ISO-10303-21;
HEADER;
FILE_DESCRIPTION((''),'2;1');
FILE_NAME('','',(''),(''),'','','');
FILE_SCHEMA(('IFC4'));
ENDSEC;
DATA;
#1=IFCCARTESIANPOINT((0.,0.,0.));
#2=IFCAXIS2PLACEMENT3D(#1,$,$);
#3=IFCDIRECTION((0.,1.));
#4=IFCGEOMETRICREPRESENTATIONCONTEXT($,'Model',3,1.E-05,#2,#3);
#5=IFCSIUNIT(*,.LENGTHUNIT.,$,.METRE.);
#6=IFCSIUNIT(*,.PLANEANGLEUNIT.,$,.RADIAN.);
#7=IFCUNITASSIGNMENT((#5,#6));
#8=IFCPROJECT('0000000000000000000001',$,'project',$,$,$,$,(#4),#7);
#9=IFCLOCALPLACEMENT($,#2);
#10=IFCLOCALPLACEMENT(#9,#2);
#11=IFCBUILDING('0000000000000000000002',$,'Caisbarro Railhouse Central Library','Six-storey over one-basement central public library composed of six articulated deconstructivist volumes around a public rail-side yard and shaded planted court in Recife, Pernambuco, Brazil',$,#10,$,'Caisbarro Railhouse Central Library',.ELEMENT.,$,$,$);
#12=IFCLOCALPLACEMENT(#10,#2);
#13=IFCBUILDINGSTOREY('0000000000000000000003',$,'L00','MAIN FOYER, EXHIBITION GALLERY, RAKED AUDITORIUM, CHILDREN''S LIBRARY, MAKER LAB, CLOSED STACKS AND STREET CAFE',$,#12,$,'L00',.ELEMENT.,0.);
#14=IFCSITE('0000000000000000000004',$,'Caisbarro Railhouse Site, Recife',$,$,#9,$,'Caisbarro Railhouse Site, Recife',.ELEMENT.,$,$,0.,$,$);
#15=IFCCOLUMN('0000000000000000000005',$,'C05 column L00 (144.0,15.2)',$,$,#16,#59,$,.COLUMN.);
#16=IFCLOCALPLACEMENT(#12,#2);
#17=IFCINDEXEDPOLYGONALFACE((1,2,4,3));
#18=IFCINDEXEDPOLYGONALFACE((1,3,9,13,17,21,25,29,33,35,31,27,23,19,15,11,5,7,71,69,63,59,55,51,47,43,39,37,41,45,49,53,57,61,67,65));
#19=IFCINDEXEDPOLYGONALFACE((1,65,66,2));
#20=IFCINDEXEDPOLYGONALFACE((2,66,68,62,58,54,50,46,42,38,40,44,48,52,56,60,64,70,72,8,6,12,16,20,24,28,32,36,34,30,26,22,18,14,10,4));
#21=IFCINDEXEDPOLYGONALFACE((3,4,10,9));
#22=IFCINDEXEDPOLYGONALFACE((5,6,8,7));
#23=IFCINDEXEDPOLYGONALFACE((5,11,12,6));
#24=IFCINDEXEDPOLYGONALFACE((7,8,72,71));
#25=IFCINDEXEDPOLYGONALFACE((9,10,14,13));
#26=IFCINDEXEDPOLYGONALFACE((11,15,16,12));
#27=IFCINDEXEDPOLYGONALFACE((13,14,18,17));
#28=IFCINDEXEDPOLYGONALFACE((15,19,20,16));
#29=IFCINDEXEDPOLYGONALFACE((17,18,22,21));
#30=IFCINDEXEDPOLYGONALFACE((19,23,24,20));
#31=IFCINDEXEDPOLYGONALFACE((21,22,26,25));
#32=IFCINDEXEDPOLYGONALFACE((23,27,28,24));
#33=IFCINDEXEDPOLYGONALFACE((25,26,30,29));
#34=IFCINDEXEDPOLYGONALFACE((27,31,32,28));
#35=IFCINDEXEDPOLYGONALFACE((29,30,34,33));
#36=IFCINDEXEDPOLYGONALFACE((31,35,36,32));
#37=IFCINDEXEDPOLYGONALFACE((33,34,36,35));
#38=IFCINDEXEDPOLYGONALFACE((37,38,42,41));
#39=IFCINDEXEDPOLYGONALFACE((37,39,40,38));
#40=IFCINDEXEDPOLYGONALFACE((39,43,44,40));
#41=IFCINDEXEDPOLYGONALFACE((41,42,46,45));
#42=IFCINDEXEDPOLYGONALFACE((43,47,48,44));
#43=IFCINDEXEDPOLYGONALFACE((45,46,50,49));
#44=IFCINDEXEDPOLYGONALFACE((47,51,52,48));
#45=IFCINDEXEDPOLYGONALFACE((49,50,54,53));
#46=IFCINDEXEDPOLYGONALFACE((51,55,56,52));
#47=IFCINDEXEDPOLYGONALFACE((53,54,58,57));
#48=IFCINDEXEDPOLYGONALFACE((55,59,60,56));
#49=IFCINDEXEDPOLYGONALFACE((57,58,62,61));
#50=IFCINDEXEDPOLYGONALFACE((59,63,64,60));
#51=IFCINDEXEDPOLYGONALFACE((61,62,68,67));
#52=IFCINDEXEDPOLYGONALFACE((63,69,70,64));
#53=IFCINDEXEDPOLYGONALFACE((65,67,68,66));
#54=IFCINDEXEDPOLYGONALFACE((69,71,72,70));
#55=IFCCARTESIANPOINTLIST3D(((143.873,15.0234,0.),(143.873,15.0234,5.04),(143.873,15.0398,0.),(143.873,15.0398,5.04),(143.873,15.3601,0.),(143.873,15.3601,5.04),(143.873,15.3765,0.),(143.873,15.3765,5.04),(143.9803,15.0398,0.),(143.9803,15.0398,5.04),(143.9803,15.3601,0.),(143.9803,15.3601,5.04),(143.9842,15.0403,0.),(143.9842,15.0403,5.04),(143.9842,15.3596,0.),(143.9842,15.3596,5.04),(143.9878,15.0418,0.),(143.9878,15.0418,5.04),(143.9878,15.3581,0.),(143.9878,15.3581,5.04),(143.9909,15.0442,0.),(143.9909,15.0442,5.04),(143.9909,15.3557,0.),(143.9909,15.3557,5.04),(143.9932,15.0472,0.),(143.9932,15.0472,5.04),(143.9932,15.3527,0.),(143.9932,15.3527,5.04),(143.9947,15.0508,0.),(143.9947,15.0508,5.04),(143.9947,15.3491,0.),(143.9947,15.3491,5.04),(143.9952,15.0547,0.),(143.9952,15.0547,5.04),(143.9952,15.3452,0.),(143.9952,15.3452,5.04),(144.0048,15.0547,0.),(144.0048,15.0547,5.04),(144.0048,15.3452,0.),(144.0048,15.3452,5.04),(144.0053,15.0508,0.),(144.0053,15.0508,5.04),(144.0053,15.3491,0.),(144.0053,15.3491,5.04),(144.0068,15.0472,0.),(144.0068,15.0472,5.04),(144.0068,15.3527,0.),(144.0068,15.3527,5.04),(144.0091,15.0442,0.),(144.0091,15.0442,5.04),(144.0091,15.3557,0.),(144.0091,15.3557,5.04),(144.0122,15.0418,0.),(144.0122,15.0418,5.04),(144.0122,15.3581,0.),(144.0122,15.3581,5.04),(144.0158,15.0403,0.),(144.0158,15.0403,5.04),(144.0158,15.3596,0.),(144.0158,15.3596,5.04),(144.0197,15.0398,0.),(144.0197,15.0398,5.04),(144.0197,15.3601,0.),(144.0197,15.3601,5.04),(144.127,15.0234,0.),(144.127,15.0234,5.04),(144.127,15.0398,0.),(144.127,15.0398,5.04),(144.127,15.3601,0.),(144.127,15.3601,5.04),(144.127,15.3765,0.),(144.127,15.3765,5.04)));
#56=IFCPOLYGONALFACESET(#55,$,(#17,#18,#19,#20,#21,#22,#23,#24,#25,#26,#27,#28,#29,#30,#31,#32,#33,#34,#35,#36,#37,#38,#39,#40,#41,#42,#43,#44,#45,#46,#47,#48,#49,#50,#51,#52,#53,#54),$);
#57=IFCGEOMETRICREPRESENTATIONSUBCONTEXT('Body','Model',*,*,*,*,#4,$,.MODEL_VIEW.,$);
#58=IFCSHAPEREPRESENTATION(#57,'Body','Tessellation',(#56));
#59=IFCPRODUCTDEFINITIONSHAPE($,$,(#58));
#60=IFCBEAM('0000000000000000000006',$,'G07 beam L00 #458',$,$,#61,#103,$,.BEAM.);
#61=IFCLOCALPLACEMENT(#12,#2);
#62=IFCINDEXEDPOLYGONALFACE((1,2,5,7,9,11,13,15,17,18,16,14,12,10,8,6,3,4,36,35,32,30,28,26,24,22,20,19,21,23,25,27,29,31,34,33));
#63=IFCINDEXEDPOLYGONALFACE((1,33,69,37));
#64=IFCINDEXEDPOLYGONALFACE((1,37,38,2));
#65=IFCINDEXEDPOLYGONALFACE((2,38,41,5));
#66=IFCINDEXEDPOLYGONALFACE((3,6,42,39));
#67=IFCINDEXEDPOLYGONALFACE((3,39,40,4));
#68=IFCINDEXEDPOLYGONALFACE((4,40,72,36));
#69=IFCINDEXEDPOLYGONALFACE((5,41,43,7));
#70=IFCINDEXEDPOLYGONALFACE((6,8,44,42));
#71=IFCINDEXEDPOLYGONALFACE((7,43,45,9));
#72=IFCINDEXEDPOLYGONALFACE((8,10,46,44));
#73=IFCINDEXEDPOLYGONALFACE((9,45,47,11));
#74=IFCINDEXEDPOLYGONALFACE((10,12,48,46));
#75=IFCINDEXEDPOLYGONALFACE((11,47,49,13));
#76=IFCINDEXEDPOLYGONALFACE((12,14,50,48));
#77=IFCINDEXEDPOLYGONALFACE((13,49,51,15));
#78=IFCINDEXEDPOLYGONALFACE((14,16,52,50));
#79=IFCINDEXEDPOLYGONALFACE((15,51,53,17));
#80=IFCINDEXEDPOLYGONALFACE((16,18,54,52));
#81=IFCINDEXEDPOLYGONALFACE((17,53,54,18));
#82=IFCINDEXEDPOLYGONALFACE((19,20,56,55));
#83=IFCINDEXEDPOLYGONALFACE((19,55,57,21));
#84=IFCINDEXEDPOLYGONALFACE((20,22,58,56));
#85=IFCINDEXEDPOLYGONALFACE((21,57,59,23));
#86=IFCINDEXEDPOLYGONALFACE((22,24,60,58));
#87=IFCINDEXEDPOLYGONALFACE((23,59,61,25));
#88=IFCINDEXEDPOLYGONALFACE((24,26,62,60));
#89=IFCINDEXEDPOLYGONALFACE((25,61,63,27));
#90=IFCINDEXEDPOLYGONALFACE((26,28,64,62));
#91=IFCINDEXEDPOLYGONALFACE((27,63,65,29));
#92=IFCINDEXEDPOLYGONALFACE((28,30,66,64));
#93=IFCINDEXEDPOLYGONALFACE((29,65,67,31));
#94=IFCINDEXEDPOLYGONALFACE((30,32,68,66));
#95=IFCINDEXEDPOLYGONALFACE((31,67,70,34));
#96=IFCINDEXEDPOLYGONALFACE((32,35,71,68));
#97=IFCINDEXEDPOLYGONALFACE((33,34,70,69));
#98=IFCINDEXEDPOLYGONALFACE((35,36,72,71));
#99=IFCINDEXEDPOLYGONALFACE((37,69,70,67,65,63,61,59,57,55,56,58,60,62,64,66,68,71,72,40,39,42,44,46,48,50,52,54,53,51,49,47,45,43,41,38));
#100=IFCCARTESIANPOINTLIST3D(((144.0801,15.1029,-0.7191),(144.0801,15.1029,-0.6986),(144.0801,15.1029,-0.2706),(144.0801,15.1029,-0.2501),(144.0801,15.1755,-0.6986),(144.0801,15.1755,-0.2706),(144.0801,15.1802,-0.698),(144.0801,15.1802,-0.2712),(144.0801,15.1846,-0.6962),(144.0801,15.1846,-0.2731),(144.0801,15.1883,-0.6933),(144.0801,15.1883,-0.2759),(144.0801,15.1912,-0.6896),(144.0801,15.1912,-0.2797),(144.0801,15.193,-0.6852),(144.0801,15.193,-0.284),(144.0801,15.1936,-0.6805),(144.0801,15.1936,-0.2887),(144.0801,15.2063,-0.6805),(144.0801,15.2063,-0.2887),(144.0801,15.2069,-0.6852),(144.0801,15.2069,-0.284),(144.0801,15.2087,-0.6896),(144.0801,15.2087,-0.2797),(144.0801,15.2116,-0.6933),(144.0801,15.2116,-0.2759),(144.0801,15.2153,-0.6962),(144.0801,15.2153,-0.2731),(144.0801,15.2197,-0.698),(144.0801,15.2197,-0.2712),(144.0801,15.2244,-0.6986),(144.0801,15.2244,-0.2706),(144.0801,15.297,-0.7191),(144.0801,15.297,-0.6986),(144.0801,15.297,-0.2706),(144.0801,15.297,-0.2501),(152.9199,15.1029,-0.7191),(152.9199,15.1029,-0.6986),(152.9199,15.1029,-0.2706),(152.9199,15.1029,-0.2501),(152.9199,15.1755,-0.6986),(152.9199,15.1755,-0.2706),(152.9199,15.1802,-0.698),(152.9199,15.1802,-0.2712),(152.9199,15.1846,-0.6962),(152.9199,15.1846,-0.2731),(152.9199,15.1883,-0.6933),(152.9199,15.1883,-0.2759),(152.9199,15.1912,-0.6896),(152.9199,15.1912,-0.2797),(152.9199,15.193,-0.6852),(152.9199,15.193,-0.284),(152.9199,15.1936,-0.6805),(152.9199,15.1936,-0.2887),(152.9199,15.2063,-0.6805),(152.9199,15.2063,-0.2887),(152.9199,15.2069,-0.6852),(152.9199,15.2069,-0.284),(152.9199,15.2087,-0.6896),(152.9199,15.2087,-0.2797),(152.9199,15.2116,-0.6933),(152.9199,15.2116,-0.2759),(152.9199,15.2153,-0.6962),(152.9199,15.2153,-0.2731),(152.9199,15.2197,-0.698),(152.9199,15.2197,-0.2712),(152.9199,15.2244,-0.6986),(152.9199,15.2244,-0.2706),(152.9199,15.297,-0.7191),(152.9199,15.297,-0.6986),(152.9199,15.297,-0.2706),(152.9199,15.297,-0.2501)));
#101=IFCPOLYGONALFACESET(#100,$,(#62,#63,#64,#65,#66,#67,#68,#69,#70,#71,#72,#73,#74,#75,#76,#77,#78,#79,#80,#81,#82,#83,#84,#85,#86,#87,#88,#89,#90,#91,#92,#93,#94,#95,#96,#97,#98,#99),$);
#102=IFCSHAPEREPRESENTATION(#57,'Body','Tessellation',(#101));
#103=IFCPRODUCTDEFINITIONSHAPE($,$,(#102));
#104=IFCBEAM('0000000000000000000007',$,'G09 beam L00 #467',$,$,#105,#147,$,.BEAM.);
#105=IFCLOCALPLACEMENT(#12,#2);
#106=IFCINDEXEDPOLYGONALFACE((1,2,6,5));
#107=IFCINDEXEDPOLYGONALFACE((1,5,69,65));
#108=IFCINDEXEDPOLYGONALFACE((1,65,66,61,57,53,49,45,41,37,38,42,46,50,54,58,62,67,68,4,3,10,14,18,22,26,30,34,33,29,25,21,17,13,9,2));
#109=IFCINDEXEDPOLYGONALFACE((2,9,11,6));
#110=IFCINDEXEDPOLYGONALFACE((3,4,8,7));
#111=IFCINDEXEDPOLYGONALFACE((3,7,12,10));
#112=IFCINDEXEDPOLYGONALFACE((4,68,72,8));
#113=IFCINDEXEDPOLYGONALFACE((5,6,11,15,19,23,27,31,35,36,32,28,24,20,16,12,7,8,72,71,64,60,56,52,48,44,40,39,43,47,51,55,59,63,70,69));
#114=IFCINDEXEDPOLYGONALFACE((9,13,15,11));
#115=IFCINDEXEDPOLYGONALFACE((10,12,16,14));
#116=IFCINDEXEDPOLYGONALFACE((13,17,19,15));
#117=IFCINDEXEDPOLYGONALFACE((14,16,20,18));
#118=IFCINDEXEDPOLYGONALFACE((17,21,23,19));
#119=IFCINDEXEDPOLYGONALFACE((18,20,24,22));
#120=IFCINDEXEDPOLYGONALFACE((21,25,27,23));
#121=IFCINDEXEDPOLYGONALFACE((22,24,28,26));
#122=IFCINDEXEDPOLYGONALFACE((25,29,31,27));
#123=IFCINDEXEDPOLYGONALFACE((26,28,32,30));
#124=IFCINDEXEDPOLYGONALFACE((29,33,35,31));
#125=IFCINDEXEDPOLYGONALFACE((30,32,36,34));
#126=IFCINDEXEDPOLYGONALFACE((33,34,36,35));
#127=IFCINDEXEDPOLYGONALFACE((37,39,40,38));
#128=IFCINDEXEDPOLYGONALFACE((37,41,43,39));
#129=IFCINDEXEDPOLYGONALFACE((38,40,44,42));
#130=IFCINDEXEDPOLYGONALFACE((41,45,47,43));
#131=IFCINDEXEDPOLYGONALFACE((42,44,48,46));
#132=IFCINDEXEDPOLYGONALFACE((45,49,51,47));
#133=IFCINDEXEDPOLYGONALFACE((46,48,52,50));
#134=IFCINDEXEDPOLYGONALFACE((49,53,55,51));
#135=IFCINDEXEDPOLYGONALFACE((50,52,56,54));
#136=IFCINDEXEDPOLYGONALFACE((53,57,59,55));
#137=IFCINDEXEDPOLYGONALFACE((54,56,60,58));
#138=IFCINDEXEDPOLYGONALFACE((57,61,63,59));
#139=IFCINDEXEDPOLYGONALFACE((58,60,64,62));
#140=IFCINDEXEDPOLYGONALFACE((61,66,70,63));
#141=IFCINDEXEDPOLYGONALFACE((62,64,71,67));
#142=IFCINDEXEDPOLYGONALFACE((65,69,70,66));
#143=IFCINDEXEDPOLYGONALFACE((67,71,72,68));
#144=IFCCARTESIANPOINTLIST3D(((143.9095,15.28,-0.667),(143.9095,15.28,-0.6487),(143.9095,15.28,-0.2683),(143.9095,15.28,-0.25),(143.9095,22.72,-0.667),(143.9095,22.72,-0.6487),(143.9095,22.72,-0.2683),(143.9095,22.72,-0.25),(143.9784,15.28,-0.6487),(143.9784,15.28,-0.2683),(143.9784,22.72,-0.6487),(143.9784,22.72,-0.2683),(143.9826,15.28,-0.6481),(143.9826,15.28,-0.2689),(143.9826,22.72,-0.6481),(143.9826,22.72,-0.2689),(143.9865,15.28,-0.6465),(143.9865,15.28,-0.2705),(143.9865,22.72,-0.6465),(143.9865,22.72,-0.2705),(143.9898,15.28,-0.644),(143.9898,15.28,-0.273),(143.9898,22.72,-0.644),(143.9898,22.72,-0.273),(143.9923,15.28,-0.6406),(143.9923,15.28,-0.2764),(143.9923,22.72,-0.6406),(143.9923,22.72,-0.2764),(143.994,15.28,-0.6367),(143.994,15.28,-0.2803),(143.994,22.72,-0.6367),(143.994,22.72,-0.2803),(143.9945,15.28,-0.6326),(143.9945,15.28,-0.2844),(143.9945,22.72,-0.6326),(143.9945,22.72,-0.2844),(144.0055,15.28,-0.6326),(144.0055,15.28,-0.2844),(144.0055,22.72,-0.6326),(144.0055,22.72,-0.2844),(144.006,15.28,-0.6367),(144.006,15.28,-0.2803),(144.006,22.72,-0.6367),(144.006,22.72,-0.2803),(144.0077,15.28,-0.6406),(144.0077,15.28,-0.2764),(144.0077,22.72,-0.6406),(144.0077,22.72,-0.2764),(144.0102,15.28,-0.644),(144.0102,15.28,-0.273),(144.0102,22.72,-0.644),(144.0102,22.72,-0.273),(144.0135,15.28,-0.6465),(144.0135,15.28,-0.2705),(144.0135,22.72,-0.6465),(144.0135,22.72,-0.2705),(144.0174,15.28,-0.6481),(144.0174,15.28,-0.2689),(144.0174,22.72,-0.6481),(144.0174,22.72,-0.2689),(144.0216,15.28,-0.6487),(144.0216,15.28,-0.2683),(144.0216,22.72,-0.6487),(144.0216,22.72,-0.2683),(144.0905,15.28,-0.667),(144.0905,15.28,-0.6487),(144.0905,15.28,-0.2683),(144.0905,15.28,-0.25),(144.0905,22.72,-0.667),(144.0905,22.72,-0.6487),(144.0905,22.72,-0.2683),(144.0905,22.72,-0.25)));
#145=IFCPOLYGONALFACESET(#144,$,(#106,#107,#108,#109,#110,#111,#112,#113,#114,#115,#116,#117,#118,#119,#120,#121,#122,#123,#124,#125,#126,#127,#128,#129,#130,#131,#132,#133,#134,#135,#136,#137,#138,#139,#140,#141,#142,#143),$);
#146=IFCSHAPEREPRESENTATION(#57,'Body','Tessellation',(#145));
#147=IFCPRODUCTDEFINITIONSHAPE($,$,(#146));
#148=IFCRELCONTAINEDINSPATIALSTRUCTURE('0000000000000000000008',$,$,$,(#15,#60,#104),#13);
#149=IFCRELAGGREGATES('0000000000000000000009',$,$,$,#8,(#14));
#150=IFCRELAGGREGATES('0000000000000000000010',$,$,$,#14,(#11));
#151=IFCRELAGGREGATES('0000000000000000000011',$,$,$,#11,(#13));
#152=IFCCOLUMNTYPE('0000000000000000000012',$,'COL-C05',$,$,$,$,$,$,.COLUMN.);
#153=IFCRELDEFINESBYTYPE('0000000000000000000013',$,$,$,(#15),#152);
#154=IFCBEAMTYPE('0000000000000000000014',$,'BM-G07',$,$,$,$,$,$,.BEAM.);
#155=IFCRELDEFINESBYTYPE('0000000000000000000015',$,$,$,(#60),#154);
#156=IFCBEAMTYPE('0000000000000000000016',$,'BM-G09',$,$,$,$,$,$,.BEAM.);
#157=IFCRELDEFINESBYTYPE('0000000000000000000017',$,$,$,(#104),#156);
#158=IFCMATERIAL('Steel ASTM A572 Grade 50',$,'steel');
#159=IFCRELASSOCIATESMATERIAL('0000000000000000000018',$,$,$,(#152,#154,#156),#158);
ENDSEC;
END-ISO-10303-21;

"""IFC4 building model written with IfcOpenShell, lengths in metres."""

from ifc_helpers import new_model, si_unit, direction, frame, origin, origin_2d, place, context, subcontext, project, spatial, i_section, extrude, material, material_profile, profile_set, type_object, element, save


model = new_model("IFC4")

# Units and contexts
model_context = context("Model", 3, precision=1e-05, world=origin(), true_north=direction((0.0, 1.0)))
body_context = subcontext(model_context, "Body", "Model", "MODEL_VIEW")
ifc_project = project(units=[si_unit("LENGTHUNIT", "METRE"), si_unit("PLANEANGLEUNIT", "RADIAN")], contexts=[model_context])

# Site, building, storey
site_placement = place(None, origin())
site = spatial("IfcSite", under=ifc_project, at=site_placement, Name="Caisbarro Railhouse Site, Recife", LongName="Caisbarro Railhouse Site, Recife", CompositionType="ELEMENT", RefElevation=0.0)
building_placement = place(site_placement, origin())
building = spatial("IfcBuilding", under=site, at=building_placement, Name="Caisbarro Railhouse Central Library", Description="Six-storey over one-basement central public library composed of six articulated deconstructivist volumes around a public rail-side yard and shaded planted court in Recife, Pernambuco, Brazil", LongName="Caisbarro Railhouse Central Library", CompositionType="ELEMENT")
storey_placement = place(building_placement, origin())
storey = spatial("IfcBuildingStorey", under=building, at=storey_placement, Name="L00", Description="MAIN FOYER, EXHIBITION GALLERY, RAKED AUDITORIUM, CHILDREN'S LIBRARY, MAKER LAB, CLOSED STACKS AND STREET CAFE", LongName="L00", CompositionType="ELEMENT", Elevation=0.0)

# Column
ifc_material_1 = material(Name="Steel ASTM A572 Grade 50", Category="steel")
ifc_material_profile_1 = material_profile(ifc_material_1, i_section(OverallWidth=0.2539, OverallDepth=0.353, WebThickness=0.0095, FlangeThickness=0.0164, FilletRadius=0.0149, at=origin_2d()), Name="W360X91.0")
ifc_profile_set_1 = profile_set([ifc_material_profile_1], Name="Steel ASTM A572 Grade 50")
column_type = type_object("IfcColumnType", Name="COL-C05", PredefinedType="COLUMN", material=ifc_profile_set_1)
column_placement = place(storey_placement, frame((144.0, 15.2, 0.0), z_axis=(0.0, 0.0, 1.0), x_axis=(1.0, 0.0, 0.0)))
element("IfcColumn", 1, at=column_placement, inside=storey, type_object=column_type, Name="C05 column L00 (144.0,15.2)", PredefinedType="COLUMN", context=body_context, shape_type="SweptSolid", body=[
    extrude(i_section(OverallWidth=0.2539, OverallDepth=0.353, WebThickness=0.0095, FlangeThickness=0.0164, FilletRadius=0.0149, at=origin_2d()), origin(), (0.0, 0.0, 1.0), 5.04),
])

# Beams
ifc_material_profile_2 = material_profile(ifc_material_1, i_section(OverallWidth=0.1941, OverallDepth=0.469, WebThickness=0.0127, FlangeThickness=0.0205, FilletRadius=0.0181, at=origin_2d()), Name="W460X106.0")
ifc_profile_set_2 = profile_set([ifc_material_profile_2], Name="Steel ASTM A572 Grade 50")
beam_type_1 = type_object("IfcBeamType", Name="BM-G07", PredefinedType="BEAM", material=ifc_profile_set_2)
beam_1_placement = place(storey_placement, frame((144.0801, 15.2, -0.4846), z_axis=(1.0, 0.0, 0.0), x_axis=(0.0, 1.0, 0.0)))
element("IfcBeam", 2, at=beam_1_placement, inside=storey, type_object=beam_type_1, Name="G07 beam L00 #458", PredefinedType="BEAM", context=body_context, shape_type="SweptSolid", body=[
    extrude(i_section(OverallWidth=0.1941, OverallDepth=0.469, WebThickness=0.0127, FlangeThickness=0.0205, FilletRadius=0.0181, at=origin_2d()), origin(), (0.0, 0.0, 1.0), 8.8398),
])
ifc_material_profile_3 = material_profile(ifc_material_1, i_section(OverallWidth=0.1809, OverallDepth=0.417, WebThickness=0.011, FlangeThickness=0.0183, FilletRadius=0.0161, at=origin_2d()), Name="W410X85.0")
ifc_profile_set_3 = profile_set([ifc_material_profile_3], Name="Steel ASTM A572 Grade 50")
beam_type_2 = type_object("IfcBeamType", Name="BM-G09", PredefinedType="BEAM", material=ifc_profile_set_3)
beam_2_placement = place(storey_placement, frame((144.0, 15.28, -0.4585), z_axis=(0.0, 1.0, 0.0), x_axis=(-1.0, 0.0, 0.0)))
element("IfcBeam", 3, at=beam_2_placement, inside=storey, type_object=beam_type_2, Name="G09 beam L00 #467", PredefinedType="BEAM", context=body_context, shape_type="SweptSolid", body=[
    extrude(i_section(OverallWidth=0.1809, OverallDepth=0.417, WebThickness=0.011, FlangeThickness=0.0183, FilletRadius=0.0161, at=origin_2d()), origin(), (0.0, 0.0, 1.0), 7.4399),
])

save(model, "model.ifc")
